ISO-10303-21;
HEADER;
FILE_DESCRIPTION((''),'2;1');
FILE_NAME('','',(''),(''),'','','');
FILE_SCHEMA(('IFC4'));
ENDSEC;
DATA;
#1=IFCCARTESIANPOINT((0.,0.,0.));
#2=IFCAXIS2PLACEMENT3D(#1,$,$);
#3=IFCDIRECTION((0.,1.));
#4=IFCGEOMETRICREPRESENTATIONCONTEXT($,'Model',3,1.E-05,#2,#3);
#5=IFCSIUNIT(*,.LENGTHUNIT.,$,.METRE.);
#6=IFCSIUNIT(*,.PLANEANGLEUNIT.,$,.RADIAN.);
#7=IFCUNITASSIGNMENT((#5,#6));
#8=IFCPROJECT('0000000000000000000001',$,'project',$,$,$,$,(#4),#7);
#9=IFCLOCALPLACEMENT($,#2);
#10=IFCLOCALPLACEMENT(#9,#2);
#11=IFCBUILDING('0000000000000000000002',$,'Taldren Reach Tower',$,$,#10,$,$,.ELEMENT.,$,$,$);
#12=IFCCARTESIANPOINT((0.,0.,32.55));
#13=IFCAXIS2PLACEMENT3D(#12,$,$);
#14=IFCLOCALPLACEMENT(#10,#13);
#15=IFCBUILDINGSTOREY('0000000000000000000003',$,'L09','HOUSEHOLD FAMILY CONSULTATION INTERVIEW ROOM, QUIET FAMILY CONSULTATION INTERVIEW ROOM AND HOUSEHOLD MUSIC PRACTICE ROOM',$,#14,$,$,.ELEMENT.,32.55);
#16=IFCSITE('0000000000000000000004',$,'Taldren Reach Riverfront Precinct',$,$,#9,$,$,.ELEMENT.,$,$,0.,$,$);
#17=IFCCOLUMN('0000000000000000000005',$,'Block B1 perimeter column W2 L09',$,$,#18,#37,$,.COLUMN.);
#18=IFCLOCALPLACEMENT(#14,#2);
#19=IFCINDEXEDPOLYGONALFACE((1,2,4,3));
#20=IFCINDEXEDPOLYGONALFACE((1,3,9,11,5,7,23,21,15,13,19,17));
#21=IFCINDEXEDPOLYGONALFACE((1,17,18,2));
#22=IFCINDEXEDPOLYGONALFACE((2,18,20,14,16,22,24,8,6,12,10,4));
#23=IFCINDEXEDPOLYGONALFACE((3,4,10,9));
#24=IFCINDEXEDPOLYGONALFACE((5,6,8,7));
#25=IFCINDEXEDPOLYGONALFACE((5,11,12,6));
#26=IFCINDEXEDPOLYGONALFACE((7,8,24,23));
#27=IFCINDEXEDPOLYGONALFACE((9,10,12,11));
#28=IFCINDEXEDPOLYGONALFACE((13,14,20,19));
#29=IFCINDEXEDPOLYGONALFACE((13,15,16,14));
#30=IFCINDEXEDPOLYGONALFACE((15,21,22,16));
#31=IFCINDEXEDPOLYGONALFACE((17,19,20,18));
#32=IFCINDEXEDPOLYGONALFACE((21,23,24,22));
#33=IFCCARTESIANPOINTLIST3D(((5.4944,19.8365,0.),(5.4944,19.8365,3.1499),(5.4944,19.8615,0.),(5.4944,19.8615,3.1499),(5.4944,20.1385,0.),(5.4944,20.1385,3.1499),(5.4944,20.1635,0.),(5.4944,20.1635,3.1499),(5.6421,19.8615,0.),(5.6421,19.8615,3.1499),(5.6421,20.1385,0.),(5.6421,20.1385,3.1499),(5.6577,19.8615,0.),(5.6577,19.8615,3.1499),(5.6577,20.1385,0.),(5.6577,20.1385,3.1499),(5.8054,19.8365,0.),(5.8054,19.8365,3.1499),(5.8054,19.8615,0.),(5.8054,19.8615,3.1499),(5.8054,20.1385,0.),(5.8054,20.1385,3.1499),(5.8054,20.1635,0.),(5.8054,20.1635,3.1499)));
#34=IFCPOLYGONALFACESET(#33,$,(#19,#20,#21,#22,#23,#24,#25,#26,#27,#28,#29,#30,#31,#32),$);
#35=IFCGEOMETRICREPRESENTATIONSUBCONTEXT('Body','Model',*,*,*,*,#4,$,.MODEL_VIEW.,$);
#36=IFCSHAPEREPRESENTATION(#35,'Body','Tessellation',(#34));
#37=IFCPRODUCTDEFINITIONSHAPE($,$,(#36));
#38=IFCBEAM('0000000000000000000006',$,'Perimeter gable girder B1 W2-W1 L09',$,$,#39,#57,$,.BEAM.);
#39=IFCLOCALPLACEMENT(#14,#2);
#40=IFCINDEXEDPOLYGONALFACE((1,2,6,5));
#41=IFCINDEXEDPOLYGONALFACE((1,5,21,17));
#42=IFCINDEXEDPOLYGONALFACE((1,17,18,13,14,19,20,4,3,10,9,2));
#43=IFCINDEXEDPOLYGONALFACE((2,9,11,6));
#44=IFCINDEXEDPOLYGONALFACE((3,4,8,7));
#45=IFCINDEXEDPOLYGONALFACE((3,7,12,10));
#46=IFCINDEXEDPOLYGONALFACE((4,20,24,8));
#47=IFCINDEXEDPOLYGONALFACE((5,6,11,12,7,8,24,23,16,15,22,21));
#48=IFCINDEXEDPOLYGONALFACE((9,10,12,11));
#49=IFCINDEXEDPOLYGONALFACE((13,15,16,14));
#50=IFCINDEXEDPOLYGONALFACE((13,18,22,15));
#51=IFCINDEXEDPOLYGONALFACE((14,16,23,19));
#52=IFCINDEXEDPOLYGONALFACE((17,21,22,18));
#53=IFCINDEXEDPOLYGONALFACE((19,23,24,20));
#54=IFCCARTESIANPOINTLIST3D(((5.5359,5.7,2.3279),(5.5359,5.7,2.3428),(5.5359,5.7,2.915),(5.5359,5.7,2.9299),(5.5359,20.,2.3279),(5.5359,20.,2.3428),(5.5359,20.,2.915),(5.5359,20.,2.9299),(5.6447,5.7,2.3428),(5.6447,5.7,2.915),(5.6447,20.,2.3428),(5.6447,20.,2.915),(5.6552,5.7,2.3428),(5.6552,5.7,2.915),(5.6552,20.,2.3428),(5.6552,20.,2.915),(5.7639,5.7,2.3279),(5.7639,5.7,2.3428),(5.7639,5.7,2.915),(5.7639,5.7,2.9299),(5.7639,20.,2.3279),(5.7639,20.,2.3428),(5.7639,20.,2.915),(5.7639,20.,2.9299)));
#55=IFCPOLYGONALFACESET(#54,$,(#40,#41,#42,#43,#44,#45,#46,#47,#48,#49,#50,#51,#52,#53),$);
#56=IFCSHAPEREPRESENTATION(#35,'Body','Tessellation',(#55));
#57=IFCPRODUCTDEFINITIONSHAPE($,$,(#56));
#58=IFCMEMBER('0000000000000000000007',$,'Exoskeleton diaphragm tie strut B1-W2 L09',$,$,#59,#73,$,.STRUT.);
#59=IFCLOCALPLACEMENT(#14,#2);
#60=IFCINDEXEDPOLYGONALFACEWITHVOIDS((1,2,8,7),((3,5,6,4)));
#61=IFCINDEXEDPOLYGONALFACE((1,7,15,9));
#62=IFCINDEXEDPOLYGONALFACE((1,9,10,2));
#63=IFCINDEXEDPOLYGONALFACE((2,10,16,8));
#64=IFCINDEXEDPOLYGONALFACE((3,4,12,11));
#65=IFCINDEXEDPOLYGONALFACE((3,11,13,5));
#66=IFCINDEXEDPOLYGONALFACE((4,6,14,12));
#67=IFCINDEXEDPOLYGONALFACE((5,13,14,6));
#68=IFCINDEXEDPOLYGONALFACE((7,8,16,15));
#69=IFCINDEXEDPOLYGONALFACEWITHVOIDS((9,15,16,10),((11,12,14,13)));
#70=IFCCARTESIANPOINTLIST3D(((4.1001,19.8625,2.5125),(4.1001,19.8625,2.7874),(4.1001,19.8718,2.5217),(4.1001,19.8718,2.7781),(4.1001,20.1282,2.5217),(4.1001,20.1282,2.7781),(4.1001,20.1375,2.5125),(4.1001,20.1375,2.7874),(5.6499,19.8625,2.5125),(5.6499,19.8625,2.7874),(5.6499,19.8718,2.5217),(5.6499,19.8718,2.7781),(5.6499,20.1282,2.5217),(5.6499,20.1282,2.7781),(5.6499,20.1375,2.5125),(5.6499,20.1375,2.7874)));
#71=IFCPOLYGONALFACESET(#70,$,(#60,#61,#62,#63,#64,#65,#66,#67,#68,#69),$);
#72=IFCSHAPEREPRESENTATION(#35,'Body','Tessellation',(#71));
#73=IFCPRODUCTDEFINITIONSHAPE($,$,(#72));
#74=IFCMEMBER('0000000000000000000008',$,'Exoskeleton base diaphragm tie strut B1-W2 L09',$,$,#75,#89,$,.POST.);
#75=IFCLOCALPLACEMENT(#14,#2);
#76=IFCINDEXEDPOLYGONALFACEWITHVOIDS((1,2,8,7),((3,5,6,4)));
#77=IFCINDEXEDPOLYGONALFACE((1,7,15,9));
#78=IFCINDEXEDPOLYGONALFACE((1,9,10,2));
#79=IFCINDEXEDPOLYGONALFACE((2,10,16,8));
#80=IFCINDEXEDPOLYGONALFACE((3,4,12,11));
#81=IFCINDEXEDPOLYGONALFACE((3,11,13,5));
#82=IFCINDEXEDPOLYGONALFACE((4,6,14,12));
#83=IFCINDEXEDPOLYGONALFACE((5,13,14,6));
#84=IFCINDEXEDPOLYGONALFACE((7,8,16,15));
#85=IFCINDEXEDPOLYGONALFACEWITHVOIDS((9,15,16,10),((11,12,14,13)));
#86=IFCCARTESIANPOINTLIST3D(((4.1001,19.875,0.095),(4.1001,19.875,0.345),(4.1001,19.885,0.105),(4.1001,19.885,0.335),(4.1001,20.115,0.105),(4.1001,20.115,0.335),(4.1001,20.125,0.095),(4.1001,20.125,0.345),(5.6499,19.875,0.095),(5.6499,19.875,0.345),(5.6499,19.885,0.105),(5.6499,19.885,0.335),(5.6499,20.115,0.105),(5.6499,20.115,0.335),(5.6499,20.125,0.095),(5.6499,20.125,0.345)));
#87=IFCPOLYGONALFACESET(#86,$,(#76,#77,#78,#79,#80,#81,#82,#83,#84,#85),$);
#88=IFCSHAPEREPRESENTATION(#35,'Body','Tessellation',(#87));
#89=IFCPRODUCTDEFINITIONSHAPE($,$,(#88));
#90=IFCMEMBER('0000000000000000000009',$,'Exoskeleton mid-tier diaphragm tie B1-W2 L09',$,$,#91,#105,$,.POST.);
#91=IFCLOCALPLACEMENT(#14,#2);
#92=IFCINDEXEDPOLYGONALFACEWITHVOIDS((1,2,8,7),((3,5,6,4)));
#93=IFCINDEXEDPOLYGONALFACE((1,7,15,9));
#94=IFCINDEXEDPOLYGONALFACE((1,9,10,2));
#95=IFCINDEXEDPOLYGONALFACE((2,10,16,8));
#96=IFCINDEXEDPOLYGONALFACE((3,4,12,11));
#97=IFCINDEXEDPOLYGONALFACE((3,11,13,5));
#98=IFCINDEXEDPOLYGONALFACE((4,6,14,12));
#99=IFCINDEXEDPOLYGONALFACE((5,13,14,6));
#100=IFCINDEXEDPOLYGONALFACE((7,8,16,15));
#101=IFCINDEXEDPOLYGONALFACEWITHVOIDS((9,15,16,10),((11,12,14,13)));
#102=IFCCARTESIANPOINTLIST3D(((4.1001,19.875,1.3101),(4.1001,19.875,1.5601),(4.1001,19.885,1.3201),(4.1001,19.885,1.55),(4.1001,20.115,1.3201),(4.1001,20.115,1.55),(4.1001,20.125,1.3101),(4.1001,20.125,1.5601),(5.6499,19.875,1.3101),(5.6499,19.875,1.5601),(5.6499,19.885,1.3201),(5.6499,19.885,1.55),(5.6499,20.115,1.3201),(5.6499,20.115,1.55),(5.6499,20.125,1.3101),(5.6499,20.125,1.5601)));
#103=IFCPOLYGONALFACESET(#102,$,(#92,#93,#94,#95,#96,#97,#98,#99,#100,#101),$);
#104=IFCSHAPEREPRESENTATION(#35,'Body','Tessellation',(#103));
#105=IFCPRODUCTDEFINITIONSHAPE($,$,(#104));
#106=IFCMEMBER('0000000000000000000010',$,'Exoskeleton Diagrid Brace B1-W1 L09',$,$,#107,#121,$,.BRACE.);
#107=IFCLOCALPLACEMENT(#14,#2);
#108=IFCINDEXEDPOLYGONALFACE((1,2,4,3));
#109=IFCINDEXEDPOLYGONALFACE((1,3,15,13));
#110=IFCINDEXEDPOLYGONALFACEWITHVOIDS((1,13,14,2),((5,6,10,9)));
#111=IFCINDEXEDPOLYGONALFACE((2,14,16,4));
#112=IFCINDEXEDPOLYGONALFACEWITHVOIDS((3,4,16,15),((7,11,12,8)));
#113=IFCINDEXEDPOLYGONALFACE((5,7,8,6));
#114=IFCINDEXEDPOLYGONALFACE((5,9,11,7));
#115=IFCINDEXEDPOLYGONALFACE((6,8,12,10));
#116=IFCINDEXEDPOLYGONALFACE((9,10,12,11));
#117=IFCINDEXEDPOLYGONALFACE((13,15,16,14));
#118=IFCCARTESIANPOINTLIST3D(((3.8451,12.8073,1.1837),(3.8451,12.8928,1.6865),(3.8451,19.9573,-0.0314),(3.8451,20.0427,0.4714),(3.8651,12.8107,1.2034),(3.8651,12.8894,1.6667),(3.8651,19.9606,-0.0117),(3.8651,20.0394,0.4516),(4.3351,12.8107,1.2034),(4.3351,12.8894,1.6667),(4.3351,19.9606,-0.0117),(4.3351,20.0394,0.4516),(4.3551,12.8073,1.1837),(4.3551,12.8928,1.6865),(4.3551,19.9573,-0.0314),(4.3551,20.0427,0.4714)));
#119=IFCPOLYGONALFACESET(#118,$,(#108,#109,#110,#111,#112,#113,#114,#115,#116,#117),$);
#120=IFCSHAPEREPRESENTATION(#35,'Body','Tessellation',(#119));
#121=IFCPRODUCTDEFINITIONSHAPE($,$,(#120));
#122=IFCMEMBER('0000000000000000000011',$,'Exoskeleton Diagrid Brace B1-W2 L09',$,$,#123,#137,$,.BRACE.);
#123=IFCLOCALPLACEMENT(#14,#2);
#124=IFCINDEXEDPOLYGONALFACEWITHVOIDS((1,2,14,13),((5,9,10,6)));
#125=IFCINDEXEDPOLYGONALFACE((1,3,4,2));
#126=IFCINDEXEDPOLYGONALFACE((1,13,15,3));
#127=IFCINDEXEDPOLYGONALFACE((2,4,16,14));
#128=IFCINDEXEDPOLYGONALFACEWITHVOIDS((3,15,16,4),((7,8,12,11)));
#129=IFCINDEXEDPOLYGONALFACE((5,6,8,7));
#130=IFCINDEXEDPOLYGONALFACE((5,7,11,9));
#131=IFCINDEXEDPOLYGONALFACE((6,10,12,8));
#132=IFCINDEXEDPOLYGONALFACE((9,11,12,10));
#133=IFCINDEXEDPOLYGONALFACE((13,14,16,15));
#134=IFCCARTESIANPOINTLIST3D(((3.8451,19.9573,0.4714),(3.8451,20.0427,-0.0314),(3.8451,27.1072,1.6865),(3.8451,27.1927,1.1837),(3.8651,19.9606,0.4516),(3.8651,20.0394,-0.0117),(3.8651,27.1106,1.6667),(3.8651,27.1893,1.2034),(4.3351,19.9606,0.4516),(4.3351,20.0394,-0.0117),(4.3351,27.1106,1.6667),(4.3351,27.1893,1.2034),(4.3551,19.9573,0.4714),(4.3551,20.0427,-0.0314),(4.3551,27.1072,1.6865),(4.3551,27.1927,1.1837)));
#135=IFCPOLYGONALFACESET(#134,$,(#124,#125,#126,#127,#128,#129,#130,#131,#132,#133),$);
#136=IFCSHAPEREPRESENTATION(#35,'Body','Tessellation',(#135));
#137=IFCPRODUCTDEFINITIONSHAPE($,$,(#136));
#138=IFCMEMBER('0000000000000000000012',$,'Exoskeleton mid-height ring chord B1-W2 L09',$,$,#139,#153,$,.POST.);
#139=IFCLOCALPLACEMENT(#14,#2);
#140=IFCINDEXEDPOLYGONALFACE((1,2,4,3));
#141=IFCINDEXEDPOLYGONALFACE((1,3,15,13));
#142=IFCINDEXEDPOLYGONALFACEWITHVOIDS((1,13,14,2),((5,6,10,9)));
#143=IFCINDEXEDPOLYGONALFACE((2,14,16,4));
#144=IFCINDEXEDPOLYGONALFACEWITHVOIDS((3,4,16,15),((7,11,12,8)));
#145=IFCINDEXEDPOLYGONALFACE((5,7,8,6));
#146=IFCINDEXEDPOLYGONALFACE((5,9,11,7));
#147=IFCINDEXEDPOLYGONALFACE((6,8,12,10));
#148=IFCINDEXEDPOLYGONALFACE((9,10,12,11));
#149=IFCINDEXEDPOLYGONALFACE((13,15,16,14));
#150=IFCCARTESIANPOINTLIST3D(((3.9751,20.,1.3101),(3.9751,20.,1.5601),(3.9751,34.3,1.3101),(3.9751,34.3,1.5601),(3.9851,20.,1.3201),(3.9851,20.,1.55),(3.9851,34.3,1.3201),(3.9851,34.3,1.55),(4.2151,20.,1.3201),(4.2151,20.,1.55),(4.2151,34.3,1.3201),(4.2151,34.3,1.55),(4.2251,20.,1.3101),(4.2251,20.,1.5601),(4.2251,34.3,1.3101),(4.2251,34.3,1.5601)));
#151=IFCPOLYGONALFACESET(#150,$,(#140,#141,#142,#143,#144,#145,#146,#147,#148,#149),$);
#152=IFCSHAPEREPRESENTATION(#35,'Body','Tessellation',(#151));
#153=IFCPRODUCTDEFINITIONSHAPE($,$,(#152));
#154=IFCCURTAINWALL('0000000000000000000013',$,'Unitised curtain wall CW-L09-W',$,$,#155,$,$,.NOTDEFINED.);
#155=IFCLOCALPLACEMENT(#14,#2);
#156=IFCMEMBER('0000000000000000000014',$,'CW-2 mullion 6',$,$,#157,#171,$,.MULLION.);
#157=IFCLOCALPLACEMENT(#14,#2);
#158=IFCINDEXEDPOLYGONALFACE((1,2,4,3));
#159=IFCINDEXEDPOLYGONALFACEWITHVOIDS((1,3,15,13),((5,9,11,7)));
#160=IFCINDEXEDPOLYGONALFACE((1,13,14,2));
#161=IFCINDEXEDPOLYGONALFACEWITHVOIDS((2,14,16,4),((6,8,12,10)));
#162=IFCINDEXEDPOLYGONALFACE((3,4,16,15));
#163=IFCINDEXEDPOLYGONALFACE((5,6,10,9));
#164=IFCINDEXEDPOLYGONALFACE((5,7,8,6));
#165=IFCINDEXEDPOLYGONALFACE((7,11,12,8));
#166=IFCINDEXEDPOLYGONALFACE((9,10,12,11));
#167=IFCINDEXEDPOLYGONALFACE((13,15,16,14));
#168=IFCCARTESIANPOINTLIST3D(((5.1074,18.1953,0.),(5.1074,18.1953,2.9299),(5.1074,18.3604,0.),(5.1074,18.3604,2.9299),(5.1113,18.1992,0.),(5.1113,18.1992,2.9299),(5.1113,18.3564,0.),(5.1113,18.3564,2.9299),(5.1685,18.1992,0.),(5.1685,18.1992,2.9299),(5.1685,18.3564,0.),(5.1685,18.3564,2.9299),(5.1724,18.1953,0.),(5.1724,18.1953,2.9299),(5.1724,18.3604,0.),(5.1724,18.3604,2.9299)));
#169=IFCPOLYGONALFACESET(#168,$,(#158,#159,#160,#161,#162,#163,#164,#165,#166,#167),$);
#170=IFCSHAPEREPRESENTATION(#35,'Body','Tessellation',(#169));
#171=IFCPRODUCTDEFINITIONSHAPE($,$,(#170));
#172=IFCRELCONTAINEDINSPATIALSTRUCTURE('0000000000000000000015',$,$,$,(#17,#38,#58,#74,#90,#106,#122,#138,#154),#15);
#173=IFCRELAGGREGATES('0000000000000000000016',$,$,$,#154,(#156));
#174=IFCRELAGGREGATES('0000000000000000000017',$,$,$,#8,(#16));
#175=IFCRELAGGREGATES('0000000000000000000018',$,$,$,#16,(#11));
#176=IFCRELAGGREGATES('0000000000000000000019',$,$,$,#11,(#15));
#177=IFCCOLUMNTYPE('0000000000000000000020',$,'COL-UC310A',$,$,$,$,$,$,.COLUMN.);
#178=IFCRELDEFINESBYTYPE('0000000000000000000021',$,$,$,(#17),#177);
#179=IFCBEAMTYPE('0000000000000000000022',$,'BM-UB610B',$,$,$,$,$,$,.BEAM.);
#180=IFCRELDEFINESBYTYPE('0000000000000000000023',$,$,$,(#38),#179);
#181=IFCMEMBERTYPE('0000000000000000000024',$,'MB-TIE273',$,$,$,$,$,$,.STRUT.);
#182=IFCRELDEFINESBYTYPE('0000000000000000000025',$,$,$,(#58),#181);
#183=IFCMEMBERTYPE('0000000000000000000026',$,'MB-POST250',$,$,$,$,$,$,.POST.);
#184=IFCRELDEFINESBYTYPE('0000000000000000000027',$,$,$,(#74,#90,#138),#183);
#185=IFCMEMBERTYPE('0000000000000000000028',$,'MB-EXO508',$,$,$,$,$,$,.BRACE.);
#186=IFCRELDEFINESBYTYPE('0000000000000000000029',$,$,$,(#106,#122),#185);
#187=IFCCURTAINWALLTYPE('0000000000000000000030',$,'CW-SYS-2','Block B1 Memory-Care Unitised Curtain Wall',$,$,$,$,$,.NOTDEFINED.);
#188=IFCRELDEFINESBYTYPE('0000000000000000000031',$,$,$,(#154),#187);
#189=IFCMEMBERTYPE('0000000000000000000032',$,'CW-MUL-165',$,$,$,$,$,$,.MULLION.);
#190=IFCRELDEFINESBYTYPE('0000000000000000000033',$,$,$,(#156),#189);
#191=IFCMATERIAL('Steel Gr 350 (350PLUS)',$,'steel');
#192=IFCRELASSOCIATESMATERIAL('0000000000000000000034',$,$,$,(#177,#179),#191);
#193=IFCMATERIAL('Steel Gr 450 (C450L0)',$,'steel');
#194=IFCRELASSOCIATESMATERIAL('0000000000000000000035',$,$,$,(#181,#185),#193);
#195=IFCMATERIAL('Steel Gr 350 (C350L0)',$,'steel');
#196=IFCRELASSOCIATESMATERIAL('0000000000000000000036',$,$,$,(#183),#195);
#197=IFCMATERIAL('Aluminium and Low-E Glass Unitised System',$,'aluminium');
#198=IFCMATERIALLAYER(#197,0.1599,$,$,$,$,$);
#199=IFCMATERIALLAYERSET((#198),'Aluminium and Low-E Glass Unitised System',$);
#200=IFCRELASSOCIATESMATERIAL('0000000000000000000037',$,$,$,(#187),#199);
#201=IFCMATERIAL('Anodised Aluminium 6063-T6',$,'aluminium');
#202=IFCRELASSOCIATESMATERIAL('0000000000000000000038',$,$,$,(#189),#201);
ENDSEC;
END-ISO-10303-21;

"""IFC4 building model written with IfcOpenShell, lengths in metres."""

from ifc_helpers import new_model, si_unit, direction, frame, origin, origin_2d, place, context, subcontext, project, spatial, hollow_rectangle, i_section, extrude, source, transform, mapped, material, layer, layer_set, material_profile, profile_set, type_object, element, aggregate, save


model = new_model("IFC4")

# Units and contexts
model_context = context("Model", 3, precision=1e-05, world=origin(), true_north=direction((0.0, 1.0)))
body_context = subcontext(model_context, "Body", "Model", "MODEL_VIEW")
ifc_project = project(units=[si_unit("LENGTHUNIT", "METRE"), si_unit("PLANEANGLEUNIT", "RADIAN")], contexts=[model_context])

# Site, building, storey
site_placement = place(None, origin())
site = spatial("IfcSite", under=ifc_project, at=site_placement, Name="Taldren Reach Riverfront Precinct", CompositionType="ELEMENT", RefElevation=0.0)
building_placement = place(site_placement, origin())
building = spatial("IfcBuilding", under=site, at=building_placement, Name="Taldren Reach Tower", CompositionType="ELEMENT")
storey_placement = place(building_placement, frame((0.0, 0.0, 32.55)))
storey = spatial("IfcBuildingStorey", under=building, at=storey_placement, Name="L09", Description="HOUSEHOLD FAMILY CONSULTATION INTERVIEW ROOM, QUIET FAMILY CONSULTATION INTERVIEW ROOM AND HOUSEHOLD MUSIC PRACTICE ROOM", CompositionType="ELEMENT", Elevation=32.55)

# Column
ifc_material_1 = material(Name="Steel Gr 350 (350PLUS)", Category="steel")
ifc_material_profile_1 = material_profile(ifc_material_1, i_section(OverallWidth=0.311, OverallDepth=0.3269, WebThickness=0.0156, FlangeThickness=0.0249, at=origin_2d()), Name="310UC158")
ifc_profile_set_1 = profile_set([ifc_material_profile_1], Name="Steel Gr 350 (350PLUS)")
column_type = type_object("IfcColumnType", Name="COL-UC310A", PredefinedType="COLUMN", material=ifc_profile_set_1)
shared_shape_1 = source(origin(), body_context, "Body", "SweptSolid", [
    extrude(i_section(OverallWidth=0.311, OverallDepth=0.3269, WebThickness=0.0156, FlangeThickness=0.0249, at=origin_2d()), origin(), (0.0, 0.0, 1.0), 3.1499),
])
column_placement = place(storey_placement, frame((5.6499, 20.0, 0.0), z_axis=(0.0, 0.0, 1.0), x_axis=(1.0, 0.0, 0.0)))
element("IfcColumn", 1, at=column_placement, inside=storey, type_object=column_type, Name="Block B1 perimeter column W2 L09", PredefinedType="COLUMN", context=body_context, shape_type="MappedRepresentation", body=[
    mapped(shared_shape_1, transform((0.0, 0.0, 0.0), scale=1.0)),
])

# Beam
ifc_material_profile_2 = material_profile(ifc_material_1, i_section(OverallWidth=0.228, OverallDepth=0.6021, WebThickness=0.0105, FlangeThickness=0.0149, at=origin_2d()), Name="610UB101")
ifc_profile_set_2 = profile_set([ifc_material_profile_2], Name="Steel Gr 350 (350PLUS)")
beam_type = type_object("IfcBeamType", Name="BM-UB610B", PredefinedType="BEAM", material=ifc_profile_set_2)
shared_shape_2 = source(origin(), body_context, "Body", "SweptSolid", [
    extrude(i_section(OverallWidth=0.228, OverallDepth=0.6021, WebThickness=0.0105, FlangeThickness=0.0149, at=origin_2d()), origin(), (0.0, 0.0, 1.0), 14.3),
])
beam_placement = place(storey_placement, frame((5.6499, 20.0, 2.6289), z_axis=(0.0, -1.0, 0.0), x_axis=(1.0, 0.0, 0.0)))
element("IfcBeam", 2, at=beam_placement, inside=storey, type_object=beam_type, Name="Perimeter gable girder B1 W2-W1 L09", PredefinedType="BEAM", context=body_context, shape_type="MappedRepresentation", body=[
    mapped(shared_shape_2, transform((0.0, 0.0, 0.0), scale=1.0)),
])

# Members
ifc_material_2 = material(Name="Steel Gr 450 (C450L0)", Category="steel")
ifc_material_profile_3 = material_profile(ifc_material_2, hollow_rectangle(XDim=0.2749, YDim=0.2749, WallThickness=0.0093, at=origin_2d()), Name="275x275x9.3SHS")
ifc_profile_set_3 = profile_set([ifc_material_profile_3], Name="Steel Gr 450 (C450L0)")
member_type_1 = type_object("IfcMemberType", Name="MB-TIE273", PredefinedType="STRUT", material=ifc_profile_set_3)
shared_shape_3 = source(origin(), body_context, "Body", "SweptSolid", [
    extrude(hollow_rectangle(XDim=0.2749, YDim=0.2749, WallThickness=0.0093, at=origin_2d()), origin(), (0.0, 0.0, 1.0), 1.5498),
])
member_1_placement = place(storey_placement, frame((5.6499, 20.0, 2.6499), z_axis=(-1.0, 0.0, 0.0), x_axis=(0.0, -1.0, 0.0)))
element("IfcMember", 3, at=member_1_placement, inside=storey, type_object=member_type_1, Name="Exoskeleton diaphragm tie strut B1-W2 L09", PredefinedType="STRUT", context=body_context, shape_type="MappedRepresentation", body=[
    mapped(shared_shape_3, transform((0.0, 0.0, 0.0), scale=1.0)),
])
ifc_material_3 = material(Name="Steel Gr 350 (C350L0)", Category="steel")
ifc_material_profile_4 = material_profile(ifc_material_3, hollow_rectangle(XDim=0.25, YDim=0.25, WallThickness=0.01, at=origin_2d()), Name="250x250x10.0SHS")
ifc_profile_set_4 = profile_set([ifc_material_profile_4], Name="Steel Gr 350 (C350L0)")
member_type_2 = type_object("IfcMemberType", Name="MB-POST250", PredefinedType="POST", material=ifc_profile_set_4)
shared_shape_4 = source(origin(), body_context, "Body", "SweptSolid", [
    extrude(hollow_rectangle(XDim=0.25, YDim=0.25, WallThickness=0.01, at=origin_2d()), origin(), (0.0, 0.0, 1.0), 1.5498),
])
for number, where, z_axis, x_axis, name in (
    (4, (5.6499, 20.0, 0.22), (-1.0, 0.0, 0.0), (0.0, -1.0, 0.0), "Exoskeleton base diaphragm tie strut B1-W2 L09"),
    (5, (5.6499, 20.0, 1.4351), (-1.0, 0.0, 0.0), (0.0, -1.0, 0.0), "Exoskeleton mid-tier diaphragm tie B1-W2 L09"),
):
    element("IfcMember", number, at=place(storey_placement, frame(where, z_axis=z_axis, x_axis=x_axis)), inside=storey, type_object=member_type_2, Name=name, PredefinedType="POST", context=body_context, shape_type="MappedRepresentation", body=[
        mapped(shared_shape_4, transform((0.0, 0.0, 0.0), scale=1.0)),
    ])
ifc_material_profile_5 = material_profile(ifc_material_2, hollow_rectangle(XDim=0.51, YDim=0.51, WallThickness=0.02, at=origin_2d()), Name="510x510x20.0SHS")
ifc_profile_set_5 = profile_set([ifc_material_profile_5], Name="Steel Gr 450 (C450L0)")
member_type_3 = type_object("IfcMemberType", Name="MB-EXO508", PredefinedType="BRACE", material=ifc_profile_set_5)
shared_shape_5 = source(origin(), body_context, "Body", "SweptSolid", [
    extrude(hollow_rectangle(XDim=0.51, YDim=0.51, WallThickness=0.02, at=origin_2d()), origin(), (0.0, 0.0, 1.0), 7.2524),
])
for number, where, z_axis, x_axis, name in (
    (6, (4.1001, 20.0, 0.22), (0.0, -0.985865, 0.167542), (1.0, 0.0, 0.0), "Exoskeleton Diagrid Brace B1-W1 L09"),
    (7, (4.1001, 20.0, 0.22), (0.0, 0.985865, 0.167542), (-1.0, 0.0, 0.0), "Exoskeleton Diagrid Brace B1-W2 L09"),
):
    element("IfcMember", number, at=place(storey_placement, frame(where, z_axis=z_axis, x_axis=x_axis)), inside=storey, type_object=member_type_3, Name=name, PredefinedType="BRACE", context=body_context, shape_type="MappedRepresentation", body=[
        mapped(shared_shape_5, transform((0.0, 0.0, 0.0), scale=1.0)),
    ])
shared_shape_6 = source(origin(), body_context, "Body", "SweptSolid", [
    extrude(hollow_rectangle(XDim=0.25, YDim=0.25, WallThickness=0.01, at=origin_2d()), origin(), (0.0, 0.0, 1.0), 14.3),
])
member_2_placement = place(storey_placement, frame((4.1001, 20.0, 1.4351), z_axis=(0.0, 1.0, 0.0), x_axis=(-1.0, 0.0, 0.0)))
element("IfcMember", 8, at=member_2_placement, inside=storey, type_object=member_type_2, Name="Exoskeleton mid-height ring chord B1-W2 L09", PredefinedType="POST", context=body_context, shape_type="MappedRepresentation", body=[
    mapped(shared_shape_6, transform((0.0, 0.0, 0.0), scale=1.0)),
])

# Curtain wall, member
ifc_material_4 = material(Name="Aluminium and Low-E Glass Unitised System", Category="aluminium")
ifc_layer_1 = layer(ifc_material_4, 0.1599)
ifc_layer_set_1 = layer_set([ifc_layer_1], Name="Aluminium and Low-E Glass Unitised System")
curtain_wall_type = type_object("IfcCurtainWallType", Name="CW-SYS-2", Description="Block B1 Memory-Care Unitised Curtain Wall", PredefinedType="NOTDEFINED", material=ifc_layer_set_1)
curtain_wall_placement = place(storey_placement, origin())
curtain_wall = element("IfcCurtainWall", 9, at=curtain_wall_placement, inside=storey, type_object=curtain_wall_type, Name="Unitised curtain wall CW-L09-W", PredefinedType="NOTDEFINED")
ifc_material_5 = material(Name="Anodised Aluminium 6063-T6", Category="aluminium")
ifc_material_profile_6 = material_profile(ifc_material_5, hollow_rectangle(XDim=0.0649, YDim=0.165, WallThickness=0.0039, at=origin_2d()), Name="ALU-165x65x4RHS")
ifc_profile_set_6 = profile_set([ifc_material_profile_6], Name="Anodised Aluminium 6063-T6")
member_type_4 = type_object("IfcMemberType", Name="CW-MUL-165", PredefinedType="MULLION", material=ifc_profile_set_6)
shared_shape_7 = source(origin(), body_context, "Body", "SweptSolid", [
    extrude(hollow_rectangle(XDim=0.0649, YDim=0.165, WallThickness=0.0039, at=origin_2d()), origin(), (0.0, 0.0, 1.0), 2.9299),
])
member_3_placement = place(storey_placement, frame((5.1399, 18.2778, 0.0), z_axis=(0.0, 0.0, 1.0), x_axis=(1.0, 0.0, 0.0)))
member_3 = element("IfcMember", 10, at=member_3_placement, type_object=member_type_4, Name="CW-2 mullion 6", PredefinedType="MULLION", context=body_context, shape_type="MappedRepresentation", body=[
    mapped(shared_shape_7, transform((0.0, 0.0, 0.0), scale=1.0)),
])

aggregate(curtain_wall, [member_3])

save(model, "model.ifc")
